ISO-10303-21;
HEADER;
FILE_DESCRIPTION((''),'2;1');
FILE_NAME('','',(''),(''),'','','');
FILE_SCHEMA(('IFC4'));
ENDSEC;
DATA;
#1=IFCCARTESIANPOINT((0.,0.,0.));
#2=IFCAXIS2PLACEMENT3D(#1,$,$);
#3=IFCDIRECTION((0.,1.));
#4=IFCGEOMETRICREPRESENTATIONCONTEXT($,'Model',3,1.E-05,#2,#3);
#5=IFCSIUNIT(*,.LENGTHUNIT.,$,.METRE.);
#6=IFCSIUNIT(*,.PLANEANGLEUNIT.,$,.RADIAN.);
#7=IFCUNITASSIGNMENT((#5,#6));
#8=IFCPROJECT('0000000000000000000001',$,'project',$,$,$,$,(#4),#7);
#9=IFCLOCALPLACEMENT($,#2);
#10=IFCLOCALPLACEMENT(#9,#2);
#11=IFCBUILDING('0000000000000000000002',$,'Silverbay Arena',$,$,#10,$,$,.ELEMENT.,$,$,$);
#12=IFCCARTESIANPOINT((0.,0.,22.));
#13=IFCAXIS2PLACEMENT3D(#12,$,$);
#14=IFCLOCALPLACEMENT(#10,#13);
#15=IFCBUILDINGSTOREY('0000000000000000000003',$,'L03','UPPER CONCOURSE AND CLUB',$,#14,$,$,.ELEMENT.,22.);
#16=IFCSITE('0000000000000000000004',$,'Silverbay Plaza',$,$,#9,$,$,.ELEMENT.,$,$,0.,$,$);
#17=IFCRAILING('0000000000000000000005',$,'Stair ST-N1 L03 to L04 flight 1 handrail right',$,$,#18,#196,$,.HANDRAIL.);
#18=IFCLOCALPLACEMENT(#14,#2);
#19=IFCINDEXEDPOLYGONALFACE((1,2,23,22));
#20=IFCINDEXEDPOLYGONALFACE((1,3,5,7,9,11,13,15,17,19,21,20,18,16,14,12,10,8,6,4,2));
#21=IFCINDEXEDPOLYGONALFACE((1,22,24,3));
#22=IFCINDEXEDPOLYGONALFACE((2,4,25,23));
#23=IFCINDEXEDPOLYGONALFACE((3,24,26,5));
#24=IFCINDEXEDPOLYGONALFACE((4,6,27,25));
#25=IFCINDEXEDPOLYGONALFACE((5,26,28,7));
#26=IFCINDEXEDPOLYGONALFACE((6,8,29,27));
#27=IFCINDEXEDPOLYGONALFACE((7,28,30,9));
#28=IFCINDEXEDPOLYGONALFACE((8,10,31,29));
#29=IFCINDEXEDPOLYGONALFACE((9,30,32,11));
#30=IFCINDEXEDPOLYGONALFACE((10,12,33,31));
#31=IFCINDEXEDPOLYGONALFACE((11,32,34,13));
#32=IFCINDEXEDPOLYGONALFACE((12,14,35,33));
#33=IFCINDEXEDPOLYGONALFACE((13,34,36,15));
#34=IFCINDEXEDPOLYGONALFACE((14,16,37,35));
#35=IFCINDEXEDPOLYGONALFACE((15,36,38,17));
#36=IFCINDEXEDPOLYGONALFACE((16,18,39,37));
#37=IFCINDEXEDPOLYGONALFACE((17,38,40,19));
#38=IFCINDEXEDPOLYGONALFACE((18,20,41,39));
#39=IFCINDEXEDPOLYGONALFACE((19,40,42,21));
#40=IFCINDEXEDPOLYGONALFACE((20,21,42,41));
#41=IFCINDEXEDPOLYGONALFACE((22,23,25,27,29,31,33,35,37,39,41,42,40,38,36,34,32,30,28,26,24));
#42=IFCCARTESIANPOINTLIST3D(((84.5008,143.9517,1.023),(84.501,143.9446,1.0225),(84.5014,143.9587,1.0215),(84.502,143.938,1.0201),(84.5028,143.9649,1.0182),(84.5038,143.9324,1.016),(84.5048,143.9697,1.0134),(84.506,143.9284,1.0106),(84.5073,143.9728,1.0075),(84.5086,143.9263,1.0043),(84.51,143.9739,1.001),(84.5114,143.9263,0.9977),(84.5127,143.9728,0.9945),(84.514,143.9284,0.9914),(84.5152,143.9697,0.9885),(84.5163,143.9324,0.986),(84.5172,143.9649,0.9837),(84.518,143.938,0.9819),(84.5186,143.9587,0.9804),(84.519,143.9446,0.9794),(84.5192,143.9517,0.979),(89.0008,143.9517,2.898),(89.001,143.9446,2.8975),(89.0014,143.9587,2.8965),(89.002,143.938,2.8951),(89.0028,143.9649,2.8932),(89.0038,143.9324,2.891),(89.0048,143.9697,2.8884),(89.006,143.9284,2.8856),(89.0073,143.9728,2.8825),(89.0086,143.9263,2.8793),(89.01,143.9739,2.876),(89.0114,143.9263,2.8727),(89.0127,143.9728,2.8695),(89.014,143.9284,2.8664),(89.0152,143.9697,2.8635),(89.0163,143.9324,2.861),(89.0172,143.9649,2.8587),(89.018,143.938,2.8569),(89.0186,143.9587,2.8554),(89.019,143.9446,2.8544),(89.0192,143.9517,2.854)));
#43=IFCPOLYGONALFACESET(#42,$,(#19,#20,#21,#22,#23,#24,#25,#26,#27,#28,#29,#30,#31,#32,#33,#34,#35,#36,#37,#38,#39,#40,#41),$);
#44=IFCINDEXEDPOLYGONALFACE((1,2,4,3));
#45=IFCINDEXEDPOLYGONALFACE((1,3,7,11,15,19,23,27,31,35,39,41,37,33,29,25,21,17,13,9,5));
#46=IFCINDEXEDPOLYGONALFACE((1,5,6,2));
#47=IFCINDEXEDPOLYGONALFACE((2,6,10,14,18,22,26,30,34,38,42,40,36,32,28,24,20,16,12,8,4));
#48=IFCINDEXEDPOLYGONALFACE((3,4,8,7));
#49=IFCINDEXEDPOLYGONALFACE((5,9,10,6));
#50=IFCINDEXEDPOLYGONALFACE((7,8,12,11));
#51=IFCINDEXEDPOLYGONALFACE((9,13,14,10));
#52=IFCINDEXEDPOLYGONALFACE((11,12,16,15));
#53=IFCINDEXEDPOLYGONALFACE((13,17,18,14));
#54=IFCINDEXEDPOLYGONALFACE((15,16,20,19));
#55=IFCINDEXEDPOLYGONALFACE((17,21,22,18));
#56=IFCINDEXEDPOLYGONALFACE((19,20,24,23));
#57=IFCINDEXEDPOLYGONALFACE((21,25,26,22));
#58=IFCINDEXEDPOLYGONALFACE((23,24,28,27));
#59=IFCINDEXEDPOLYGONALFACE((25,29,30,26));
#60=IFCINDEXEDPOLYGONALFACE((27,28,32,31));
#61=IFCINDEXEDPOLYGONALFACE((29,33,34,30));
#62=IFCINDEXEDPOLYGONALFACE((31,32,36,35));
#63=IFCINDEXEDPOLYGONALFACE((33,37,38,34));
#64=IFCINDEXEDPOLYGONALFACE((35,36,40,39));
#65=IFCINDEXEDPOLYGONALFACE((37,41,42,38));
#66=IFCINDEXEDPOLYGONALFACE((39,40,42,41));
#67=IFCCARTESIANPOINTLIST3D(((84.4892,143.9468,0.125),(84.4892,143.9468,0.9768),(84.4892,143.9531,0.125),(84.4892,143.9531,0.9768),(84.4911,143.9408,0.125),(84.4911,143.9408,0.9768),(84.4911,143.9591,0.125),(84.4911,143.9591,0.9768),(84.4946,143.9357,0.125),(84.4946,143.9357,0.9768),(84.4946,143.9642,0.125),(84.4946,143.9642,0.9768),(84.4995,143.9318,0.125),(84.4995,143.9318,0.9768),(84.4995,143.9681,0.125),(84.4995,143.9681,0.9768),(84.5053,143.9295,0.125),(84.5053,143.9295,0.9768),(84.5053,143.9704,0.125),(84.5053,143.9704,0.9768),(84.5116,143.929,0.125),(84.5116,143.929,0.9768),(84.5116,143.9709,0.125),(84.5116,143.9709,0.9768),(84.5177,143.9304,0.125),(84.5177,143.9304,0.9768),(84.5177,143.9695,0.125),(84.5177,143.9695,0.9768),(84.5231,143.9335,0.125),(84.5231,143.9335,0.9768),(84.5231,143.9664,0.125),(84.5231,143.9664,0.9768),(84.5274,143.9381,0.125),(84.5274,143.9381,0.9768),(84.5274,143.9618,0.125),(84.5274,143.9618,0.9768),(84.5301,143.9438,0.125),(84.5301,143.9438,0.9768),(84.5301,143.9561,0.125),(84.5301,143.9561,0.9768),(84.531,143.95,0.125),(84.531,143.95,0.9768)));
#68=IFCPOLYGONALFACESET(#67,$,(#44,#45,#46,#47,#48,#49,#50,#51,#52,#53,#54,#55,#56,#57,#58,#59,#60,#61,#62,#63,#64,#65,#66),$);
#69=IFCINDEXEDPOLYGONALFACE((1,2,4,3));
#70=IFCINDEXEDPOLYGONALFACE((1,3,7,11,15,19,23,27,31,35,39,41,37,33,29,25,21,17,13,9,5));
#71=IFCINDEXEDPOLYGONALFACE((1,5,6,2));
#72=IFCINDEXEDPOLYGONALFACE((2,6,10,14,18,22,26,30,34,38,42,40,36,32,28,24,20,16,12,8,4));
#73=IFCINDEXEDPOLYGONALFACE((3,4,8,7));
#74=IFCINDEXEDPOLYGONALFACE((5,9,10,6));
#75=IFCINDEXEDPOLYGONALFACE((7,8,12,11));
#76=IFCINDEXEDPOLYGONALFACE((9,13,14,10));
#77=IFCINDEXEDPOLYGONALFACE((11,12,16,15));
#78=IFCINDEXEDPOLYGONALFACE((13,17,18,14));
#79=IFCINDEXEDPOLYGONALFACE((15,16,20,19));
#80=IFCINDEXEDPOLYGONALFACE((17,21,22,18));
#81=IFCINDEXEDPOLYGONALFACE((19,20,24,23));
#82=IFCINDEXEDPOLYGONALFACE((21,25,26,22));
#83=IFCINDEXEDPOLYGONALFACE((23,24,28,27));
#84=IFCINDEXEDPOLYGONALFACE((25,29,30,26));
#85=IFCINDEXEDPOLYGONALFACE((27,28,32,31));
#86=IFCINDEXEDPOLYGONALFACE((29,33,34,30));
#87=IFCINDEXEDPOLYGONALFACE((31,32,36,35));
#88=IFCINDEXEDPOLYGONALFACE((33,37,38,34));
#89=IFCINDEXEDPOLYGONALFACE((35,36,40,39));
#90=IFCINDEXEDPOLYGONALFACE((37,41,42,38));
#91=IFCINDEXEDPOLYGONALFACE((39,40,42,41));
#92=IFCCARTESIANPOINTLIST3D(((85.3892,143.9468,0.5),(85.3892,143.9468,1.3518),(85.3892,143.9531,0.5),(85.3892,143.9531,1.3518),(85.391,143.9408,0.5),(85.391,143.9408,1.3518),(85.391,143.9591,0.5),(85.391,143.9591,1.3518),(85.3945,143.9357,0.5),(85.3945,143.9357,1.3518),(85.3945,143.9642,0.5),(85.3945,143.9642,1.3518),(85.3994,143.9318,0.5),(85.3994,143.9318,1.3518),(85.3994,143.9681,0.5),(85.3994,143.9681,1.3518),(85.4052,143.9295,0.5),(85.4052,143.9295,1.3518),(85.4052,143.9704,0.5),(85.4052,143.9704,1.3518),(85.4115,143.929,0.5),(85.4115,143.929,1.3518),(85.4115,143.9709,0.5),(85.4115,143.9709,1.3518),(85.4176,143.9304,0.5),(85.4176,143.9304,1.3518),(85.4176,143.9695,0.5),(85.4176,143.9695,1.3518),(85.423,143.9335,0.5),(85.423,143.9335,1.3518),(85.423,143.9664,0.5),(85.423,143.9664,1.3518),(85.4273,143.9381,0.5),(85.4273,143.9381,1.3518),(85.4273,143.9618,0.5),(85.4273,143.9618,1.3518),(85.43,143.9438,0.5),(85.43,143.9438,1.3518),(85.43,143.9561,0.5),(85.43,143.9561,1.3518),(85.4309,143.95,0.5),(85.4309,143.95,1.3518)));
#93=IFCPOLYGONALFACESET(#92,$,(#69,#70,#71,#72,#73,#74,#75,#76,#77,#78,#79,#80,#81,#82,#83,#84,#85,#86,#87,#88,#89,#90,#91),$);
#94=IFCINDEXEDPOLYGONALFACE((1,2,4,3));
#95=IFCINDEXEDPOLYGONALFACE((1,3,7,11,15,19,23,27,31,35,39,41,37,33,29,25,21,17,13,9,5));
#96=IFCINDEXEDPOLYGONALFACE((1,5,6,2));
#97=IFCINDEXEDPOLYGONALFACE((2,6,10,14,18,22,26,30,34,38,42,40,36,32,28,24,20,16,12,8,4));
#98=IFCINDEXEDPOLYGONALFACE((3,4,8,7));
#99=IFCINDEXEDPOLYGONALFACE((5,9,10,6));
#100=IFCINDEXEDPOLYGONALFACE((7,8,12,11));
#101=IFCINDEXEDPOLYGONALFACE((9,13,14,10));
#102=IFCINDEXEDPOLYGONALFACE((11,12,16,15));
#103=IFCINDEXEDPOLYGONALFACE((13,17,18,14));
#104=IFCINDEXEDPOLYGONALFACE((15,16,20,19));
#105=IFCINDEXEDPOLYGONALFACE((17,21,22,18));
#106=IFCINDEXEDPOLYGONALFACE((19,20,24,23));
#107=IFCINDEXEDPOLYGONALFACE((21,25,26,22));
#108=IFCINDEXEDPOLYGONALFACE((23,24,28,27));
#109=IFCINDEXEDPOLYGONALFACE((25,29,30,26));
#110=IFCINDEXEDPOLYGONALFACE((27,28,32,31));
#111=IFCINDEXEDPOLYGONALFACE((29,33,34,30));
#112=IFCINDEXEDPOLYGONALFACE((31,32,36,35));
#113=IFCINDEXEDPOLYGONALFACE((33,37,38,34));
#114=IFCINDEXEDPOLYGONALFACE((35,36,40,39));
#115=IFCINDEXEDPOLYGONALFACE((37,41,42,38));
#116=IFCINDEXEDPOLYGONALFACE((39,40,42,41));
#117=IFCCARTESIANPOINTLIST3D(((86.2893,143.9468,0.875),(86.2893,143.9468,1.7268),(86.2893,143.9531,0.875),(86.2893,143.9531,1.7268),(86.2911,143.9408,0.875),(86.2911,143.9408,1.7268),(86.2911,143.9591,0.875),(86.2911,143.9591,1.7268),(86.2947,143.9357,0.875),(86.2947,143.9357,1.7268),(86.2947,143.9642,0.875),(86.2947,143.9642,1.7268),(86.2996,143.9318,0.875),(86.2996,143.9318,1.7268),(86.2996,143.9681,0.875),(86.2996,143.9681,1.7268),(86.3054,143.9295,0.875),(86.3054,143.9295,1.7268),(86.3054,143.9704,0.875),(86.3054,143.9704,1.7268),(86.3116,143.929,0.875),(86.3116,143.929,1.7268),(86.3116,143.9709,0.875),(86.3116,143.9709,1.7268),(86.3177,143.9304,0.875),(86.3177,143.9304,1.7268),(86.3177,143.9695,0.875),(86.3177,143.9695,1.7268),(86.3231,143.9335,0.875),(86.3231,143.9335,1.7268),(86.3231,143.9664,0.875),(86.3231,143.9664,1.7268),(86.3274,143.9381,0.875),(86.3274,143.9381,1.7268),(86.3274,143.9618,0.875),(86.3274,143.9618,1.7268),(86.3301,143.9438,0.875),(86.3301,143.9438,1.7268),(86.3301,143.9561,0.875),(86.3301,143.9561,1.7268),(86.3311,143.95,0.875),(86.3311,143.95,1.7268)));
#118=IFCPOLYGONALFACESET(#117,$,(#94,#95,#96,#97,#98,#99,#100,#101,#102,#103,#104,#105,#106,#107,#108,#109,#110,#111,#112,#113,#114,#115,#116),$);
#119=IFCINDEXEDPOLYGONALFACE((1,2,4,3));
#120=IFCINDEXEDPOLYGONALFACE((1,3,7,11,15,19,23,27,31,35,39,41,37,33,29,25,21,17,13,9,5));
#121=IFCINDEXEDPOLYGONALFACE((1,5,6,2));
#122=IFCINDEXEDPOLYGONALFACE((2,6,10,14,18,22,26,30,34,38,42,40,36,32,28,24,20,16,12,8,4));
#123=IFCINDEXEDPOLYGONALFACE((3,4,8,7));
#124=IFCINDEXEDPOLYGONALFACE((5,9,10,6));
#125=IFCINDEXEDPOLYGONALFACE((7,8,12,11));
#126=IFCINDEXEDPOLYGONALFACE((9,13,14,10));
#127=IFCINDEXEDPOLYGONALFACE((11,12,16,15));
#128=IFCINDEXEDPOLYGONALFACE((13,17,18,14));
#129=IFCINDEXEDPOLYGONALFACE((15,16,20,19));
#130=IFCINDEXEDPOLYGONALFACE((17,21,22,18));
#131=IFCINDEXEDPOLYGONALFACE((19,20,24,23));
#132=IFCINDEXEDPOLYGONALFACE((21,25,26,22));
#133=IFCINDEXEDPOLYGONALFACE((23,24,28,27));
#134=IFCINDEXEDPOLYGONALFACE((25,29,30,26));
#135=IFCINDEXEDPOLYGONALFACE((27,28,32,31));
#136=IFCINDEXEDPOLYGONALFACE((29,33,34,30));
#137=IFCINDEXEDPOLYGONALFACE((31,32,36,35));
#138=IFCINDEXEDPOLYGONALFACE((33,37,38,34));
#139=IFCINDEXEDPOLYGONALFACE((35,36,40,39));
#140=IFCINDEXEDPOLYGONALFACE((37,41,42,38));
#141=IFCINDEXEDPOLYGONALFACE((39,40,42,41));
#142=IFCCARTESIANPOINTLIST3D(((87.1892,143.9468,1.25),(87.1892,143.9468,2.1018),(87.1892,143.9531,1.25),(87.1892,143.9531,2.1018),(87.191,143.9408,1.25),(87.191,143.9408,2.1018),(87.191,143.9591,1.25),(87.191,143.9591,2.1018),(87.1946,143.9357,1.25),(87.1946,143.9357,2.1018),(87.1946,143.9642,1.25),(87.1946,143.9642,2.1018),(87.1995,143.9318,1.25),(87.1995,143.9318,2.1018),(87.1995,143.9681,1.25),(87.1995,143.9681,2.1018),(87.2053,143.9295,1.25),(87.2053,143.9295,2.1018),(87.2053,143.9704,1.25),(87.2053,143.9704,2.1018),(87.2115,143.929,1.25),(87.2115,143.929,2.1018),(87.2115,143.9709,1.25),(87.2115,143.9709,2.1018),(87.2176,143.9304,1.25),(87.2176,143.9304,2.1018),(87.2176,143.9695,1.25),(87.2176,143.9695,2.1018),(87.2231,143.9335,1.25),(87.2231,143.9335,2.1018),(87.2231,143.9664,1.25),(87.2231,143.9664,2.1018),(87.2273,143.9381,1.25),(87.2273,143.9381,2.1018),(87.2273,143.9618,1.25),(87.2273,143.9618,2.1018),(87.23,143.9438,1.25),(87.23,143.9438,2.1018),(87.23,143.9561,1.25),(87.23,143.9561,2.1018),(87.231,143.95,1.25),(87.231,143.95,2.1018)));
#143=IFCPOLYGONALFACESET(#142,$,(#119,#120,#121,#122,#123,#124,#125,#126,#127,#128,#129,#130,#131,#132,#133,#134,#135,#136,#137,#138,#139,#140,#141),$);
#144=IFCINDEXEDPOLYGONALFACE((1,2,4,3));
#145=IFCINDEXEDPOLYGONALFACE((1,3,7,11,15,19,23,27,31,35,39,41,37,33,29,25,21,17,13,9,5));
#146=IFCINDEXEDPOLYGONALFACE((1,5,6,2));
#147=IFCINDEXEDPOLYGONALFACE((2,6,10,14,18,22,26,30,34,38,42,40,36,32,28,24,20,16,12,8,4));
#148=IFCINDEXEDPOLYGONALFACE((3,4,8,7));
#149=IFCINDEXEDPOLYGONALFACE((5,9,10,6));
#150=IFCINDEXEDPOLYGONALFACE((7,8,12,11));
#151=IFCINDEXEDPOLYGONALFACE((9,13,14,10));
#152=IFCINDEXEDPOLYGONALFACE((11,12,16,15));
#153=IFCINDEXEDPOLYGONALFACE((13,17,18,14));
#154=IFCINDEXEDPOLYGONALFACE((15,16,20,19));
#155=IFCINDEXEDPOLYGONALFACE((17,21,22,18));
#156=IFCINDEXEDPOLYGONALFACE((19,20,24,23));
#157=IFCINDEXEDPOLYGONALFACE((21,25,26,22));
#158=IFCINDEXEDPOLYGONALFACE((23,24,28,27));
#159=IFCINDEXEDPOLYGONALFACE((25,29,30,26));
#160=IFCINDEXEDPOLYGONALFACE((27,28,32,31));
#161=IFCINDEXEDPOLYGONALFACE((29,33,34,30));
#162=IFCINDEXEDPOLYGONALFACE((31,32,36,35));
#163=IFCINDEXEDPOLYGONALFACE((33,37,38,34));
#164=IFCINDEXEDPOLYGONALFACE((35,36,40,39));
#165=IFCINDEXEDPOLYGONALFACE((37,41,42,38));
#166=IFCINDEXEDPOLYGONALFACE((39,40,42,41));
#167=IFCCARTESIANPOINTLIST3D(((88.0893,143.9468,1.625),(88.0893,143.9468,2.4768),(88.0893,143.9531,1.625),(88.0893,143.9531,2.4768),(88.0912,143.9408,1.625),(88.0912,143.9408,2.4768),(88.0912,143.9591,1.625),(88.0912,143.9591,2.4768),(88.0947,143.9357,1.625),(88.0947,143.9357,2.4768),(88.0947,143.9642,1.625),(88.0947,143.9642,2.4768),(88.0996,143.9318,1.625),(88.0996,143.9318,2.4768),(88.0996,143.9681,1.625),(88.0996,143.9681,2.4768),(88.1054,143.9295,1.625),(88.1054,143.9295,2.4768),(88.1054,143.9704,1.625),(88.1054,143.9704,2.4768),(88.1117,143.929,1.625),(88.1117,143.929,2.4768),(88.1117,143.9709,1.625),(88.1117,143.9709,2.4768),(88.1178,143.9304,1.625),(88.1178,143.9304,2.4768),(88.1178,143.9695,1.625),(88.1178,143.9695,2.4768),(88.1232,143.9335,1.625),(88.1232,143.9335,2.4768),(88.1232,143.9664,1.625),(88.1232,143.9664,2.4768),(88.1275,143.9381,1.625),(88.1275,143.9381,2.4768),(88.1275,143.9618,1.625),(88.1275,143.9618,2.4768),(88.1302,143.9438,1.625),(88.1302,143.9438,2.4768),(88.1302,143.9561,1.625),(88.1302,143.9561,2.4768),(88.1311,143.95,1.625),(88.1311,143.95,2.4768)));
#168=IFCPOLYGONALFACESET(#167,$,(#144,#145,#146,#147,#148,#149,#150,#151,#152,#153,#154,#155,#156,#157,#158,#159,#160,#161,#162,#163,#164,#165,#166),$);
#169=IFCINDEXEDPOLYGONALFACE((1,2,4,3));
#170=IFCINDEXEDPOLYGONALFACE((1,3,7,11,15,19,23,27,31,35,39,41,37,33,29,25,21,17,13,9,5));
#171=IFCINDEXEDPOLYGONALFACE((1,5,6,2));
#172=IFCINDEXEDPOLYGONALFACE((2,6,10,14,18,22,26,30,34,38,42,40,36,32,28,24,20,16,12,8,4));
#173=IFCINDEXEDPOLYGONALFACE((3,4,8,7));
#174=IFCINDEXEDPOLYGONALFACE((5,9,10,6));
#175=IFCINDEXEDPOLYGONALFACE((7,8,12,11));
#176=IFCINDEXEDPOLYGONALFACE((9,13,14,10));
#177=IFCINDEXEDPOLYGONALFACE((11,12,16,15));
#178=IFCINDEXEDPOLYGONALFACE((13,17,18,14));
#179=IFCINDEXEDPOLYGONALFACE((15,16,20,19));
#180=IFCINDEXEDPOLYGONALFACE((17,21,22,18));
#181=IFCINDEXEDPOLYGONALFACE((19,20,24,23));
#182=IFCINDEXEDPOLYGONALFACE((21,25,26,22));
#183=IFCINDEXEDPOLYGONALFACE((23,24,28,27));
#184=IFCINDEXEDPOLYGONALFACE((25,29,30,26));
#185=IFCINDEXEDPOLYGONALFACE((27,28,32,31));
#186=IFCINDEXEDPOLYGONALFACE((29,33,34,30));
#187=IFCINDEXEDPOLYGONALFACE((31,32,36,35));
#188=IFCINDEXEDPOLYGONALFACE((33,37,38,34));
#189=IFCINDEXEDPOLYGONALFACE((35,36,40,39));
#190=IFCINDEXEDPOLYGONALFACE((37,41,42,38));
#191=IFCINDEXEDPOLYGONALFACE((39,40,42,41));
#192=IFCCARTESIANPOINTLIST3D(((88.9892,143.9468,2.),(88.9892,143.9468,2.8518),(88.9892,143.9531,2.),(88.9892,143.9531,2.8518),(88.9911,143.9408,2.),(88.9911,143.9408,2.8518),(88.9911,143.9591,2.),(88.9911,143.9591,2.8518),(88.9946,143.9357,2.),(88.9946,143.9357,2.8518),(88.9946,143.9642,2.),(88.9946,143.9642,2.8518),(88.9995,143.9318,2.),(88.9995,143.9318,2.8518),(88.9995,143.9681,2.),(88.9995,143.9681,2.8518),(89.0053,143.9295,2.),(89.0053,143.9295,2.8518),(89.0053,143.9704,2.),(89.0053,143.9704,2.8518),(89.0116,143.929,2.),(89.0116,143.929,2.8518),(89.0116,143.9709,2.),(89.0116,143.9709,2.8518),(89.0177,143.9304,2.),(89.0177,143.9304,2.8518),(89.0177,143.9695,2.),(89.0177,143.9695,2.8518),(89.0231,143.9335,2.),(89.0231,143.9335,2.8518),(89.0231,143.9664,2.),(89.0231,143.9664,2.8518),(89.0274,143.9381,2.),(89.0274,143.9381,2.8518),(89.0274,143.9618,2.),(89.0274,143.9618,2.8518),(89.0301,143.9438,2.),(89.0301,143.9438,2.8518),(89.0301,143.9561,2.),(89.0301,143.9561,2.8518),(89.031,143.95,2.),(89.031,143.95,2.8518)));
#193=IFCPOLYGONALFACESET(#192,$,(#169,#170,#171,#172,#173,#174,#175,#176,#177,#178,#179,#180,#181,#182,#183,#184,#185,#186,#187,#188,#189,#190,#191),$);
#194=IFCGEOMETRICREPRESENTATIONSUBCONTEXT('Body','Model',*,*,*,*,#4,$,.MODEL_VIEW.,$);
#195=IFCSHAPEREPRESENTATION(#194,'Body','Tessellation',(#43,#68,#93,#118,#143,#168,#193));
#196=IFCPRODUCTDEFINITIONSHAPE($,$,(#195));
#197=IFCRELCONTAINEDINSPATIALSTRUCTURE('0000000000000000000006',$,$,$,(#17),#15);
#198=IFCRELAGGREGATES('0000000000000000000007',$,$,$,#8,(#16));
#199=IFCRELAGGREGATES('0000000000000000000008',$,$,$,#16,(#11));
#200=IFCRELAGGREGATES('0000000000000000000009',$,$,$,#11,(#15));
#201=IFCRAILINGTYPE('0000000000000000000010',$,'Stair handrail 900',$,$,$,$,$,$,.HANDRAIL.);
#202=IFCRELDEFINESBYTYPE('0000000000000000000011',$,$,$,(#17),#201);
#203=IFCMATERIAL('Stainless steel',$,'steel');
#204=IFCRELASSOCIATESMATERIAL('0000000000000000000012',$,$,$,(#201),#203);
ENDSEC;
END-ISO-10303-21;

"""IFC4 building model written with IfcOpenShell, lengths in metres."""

from ifc_helpers import new_model, si_unit, direction, frame, origin, origin_2d, place, context, subcontext, project, spatial, circle, extrude, material, type_object, element, save


model = new_model("IFC4")

# Units and contexts
model_context = context("Model", 3, precision=1e-05, world=origin(), true_north=direction((0.0, 1.0)))
body_context = subcontext(model_context, "Body", "Model", "MODEL_VIEW")
ifc_project = project(units=[si_unit("LENGTHUNIT", "METRE"), si_unit("PLANEANGLEUNIT", "RADIAN")], contexts=[model_context])

# Site, building, storey
site_placement = place(None, origin())
site = spatial("IfcSite", under=ifc_project, at=site_placement, Name="Silverbay Plaza", CompositionType="ELEMENT", RefElevation=0.0)
building_placement = place(site_placement, origin())
building = spatial("IfcBuilding", under=site, at=building_placement, Name="Silverbay Arena", CompositionType="ELEMENT")
storey_placement = place(building_placement, frame((0.0, 0.0, 22.0)))
storey = spatial("IfcBuildingStorey", under=building, at=storey_placement, Name="L03", Description="UPPER CONCOURSE AND CLUB", CompositionType="ELEMENT", Elevation=22.0)

# Railing
ifc_material_1 = material(Name="Stainless steel", Category="steel")
railing_type_1 = type_object("IfcRailingType", Name="Stair handrail 900", PredefinedType="HANDRAIL", material=ifc_material_1)
for number, where, name in (
    (1, (84.51, 143.95, 0.125), "Stair ST-N1 L03 to L04 flight 1 handrail right"),
):
    element("IfcRailing", number, at=place(storey_placement, frame(where)), inside=storey, type_object=railing_type_1, Name=name, PredefinedType="HANDRAIL", context=body_context, shape_type="SweptSolid", body=[
        extrude(circle(Radius=0.0239, at=origin_2d()), frame((0.0, 0.0, 0.876), z_axis=(0.923077, 0.0, 0.384615), x_axis=(0.0, 1.0, 0.0)), (0.0, 0.0, 1.0), 4.875),
        extrude(circle(Radius=0.021, at=origin_2d()), origin(), (0.0, 0.0, 1.0), 0.8518),
        extrude(circle(Radius=0.021, at=origin_2d()), frame((0.8999, 0.0, 0.375)), (0.0, 0.0, 1.0), 0.8518),
        extrude(circle(Radius=0.021, at=origin_2d()), frame((1.8, 0.0, 0.75)), (0.0, 0.0, 1.0), 0.8518),
        extrude(circle(Radius=0.021, at=origin_2d()), frame((2.7, 0.0, 1.125)), (0.0, 0.0, 1.0), 0.8518),
        extrude(circle(Radius=0.021, at=origin_2d()), frame((3.6001, 0.0, 1.5)), (0.0, 0.0, 1.0), 0.8518),
        extrude(circle(Radius=0.021, at=origin_2d()), frame((4.5, 0.0, 1.875)), (0.0, 0.0, 1.0), 0.8518),
    ])

save(model, "model.ifc")
